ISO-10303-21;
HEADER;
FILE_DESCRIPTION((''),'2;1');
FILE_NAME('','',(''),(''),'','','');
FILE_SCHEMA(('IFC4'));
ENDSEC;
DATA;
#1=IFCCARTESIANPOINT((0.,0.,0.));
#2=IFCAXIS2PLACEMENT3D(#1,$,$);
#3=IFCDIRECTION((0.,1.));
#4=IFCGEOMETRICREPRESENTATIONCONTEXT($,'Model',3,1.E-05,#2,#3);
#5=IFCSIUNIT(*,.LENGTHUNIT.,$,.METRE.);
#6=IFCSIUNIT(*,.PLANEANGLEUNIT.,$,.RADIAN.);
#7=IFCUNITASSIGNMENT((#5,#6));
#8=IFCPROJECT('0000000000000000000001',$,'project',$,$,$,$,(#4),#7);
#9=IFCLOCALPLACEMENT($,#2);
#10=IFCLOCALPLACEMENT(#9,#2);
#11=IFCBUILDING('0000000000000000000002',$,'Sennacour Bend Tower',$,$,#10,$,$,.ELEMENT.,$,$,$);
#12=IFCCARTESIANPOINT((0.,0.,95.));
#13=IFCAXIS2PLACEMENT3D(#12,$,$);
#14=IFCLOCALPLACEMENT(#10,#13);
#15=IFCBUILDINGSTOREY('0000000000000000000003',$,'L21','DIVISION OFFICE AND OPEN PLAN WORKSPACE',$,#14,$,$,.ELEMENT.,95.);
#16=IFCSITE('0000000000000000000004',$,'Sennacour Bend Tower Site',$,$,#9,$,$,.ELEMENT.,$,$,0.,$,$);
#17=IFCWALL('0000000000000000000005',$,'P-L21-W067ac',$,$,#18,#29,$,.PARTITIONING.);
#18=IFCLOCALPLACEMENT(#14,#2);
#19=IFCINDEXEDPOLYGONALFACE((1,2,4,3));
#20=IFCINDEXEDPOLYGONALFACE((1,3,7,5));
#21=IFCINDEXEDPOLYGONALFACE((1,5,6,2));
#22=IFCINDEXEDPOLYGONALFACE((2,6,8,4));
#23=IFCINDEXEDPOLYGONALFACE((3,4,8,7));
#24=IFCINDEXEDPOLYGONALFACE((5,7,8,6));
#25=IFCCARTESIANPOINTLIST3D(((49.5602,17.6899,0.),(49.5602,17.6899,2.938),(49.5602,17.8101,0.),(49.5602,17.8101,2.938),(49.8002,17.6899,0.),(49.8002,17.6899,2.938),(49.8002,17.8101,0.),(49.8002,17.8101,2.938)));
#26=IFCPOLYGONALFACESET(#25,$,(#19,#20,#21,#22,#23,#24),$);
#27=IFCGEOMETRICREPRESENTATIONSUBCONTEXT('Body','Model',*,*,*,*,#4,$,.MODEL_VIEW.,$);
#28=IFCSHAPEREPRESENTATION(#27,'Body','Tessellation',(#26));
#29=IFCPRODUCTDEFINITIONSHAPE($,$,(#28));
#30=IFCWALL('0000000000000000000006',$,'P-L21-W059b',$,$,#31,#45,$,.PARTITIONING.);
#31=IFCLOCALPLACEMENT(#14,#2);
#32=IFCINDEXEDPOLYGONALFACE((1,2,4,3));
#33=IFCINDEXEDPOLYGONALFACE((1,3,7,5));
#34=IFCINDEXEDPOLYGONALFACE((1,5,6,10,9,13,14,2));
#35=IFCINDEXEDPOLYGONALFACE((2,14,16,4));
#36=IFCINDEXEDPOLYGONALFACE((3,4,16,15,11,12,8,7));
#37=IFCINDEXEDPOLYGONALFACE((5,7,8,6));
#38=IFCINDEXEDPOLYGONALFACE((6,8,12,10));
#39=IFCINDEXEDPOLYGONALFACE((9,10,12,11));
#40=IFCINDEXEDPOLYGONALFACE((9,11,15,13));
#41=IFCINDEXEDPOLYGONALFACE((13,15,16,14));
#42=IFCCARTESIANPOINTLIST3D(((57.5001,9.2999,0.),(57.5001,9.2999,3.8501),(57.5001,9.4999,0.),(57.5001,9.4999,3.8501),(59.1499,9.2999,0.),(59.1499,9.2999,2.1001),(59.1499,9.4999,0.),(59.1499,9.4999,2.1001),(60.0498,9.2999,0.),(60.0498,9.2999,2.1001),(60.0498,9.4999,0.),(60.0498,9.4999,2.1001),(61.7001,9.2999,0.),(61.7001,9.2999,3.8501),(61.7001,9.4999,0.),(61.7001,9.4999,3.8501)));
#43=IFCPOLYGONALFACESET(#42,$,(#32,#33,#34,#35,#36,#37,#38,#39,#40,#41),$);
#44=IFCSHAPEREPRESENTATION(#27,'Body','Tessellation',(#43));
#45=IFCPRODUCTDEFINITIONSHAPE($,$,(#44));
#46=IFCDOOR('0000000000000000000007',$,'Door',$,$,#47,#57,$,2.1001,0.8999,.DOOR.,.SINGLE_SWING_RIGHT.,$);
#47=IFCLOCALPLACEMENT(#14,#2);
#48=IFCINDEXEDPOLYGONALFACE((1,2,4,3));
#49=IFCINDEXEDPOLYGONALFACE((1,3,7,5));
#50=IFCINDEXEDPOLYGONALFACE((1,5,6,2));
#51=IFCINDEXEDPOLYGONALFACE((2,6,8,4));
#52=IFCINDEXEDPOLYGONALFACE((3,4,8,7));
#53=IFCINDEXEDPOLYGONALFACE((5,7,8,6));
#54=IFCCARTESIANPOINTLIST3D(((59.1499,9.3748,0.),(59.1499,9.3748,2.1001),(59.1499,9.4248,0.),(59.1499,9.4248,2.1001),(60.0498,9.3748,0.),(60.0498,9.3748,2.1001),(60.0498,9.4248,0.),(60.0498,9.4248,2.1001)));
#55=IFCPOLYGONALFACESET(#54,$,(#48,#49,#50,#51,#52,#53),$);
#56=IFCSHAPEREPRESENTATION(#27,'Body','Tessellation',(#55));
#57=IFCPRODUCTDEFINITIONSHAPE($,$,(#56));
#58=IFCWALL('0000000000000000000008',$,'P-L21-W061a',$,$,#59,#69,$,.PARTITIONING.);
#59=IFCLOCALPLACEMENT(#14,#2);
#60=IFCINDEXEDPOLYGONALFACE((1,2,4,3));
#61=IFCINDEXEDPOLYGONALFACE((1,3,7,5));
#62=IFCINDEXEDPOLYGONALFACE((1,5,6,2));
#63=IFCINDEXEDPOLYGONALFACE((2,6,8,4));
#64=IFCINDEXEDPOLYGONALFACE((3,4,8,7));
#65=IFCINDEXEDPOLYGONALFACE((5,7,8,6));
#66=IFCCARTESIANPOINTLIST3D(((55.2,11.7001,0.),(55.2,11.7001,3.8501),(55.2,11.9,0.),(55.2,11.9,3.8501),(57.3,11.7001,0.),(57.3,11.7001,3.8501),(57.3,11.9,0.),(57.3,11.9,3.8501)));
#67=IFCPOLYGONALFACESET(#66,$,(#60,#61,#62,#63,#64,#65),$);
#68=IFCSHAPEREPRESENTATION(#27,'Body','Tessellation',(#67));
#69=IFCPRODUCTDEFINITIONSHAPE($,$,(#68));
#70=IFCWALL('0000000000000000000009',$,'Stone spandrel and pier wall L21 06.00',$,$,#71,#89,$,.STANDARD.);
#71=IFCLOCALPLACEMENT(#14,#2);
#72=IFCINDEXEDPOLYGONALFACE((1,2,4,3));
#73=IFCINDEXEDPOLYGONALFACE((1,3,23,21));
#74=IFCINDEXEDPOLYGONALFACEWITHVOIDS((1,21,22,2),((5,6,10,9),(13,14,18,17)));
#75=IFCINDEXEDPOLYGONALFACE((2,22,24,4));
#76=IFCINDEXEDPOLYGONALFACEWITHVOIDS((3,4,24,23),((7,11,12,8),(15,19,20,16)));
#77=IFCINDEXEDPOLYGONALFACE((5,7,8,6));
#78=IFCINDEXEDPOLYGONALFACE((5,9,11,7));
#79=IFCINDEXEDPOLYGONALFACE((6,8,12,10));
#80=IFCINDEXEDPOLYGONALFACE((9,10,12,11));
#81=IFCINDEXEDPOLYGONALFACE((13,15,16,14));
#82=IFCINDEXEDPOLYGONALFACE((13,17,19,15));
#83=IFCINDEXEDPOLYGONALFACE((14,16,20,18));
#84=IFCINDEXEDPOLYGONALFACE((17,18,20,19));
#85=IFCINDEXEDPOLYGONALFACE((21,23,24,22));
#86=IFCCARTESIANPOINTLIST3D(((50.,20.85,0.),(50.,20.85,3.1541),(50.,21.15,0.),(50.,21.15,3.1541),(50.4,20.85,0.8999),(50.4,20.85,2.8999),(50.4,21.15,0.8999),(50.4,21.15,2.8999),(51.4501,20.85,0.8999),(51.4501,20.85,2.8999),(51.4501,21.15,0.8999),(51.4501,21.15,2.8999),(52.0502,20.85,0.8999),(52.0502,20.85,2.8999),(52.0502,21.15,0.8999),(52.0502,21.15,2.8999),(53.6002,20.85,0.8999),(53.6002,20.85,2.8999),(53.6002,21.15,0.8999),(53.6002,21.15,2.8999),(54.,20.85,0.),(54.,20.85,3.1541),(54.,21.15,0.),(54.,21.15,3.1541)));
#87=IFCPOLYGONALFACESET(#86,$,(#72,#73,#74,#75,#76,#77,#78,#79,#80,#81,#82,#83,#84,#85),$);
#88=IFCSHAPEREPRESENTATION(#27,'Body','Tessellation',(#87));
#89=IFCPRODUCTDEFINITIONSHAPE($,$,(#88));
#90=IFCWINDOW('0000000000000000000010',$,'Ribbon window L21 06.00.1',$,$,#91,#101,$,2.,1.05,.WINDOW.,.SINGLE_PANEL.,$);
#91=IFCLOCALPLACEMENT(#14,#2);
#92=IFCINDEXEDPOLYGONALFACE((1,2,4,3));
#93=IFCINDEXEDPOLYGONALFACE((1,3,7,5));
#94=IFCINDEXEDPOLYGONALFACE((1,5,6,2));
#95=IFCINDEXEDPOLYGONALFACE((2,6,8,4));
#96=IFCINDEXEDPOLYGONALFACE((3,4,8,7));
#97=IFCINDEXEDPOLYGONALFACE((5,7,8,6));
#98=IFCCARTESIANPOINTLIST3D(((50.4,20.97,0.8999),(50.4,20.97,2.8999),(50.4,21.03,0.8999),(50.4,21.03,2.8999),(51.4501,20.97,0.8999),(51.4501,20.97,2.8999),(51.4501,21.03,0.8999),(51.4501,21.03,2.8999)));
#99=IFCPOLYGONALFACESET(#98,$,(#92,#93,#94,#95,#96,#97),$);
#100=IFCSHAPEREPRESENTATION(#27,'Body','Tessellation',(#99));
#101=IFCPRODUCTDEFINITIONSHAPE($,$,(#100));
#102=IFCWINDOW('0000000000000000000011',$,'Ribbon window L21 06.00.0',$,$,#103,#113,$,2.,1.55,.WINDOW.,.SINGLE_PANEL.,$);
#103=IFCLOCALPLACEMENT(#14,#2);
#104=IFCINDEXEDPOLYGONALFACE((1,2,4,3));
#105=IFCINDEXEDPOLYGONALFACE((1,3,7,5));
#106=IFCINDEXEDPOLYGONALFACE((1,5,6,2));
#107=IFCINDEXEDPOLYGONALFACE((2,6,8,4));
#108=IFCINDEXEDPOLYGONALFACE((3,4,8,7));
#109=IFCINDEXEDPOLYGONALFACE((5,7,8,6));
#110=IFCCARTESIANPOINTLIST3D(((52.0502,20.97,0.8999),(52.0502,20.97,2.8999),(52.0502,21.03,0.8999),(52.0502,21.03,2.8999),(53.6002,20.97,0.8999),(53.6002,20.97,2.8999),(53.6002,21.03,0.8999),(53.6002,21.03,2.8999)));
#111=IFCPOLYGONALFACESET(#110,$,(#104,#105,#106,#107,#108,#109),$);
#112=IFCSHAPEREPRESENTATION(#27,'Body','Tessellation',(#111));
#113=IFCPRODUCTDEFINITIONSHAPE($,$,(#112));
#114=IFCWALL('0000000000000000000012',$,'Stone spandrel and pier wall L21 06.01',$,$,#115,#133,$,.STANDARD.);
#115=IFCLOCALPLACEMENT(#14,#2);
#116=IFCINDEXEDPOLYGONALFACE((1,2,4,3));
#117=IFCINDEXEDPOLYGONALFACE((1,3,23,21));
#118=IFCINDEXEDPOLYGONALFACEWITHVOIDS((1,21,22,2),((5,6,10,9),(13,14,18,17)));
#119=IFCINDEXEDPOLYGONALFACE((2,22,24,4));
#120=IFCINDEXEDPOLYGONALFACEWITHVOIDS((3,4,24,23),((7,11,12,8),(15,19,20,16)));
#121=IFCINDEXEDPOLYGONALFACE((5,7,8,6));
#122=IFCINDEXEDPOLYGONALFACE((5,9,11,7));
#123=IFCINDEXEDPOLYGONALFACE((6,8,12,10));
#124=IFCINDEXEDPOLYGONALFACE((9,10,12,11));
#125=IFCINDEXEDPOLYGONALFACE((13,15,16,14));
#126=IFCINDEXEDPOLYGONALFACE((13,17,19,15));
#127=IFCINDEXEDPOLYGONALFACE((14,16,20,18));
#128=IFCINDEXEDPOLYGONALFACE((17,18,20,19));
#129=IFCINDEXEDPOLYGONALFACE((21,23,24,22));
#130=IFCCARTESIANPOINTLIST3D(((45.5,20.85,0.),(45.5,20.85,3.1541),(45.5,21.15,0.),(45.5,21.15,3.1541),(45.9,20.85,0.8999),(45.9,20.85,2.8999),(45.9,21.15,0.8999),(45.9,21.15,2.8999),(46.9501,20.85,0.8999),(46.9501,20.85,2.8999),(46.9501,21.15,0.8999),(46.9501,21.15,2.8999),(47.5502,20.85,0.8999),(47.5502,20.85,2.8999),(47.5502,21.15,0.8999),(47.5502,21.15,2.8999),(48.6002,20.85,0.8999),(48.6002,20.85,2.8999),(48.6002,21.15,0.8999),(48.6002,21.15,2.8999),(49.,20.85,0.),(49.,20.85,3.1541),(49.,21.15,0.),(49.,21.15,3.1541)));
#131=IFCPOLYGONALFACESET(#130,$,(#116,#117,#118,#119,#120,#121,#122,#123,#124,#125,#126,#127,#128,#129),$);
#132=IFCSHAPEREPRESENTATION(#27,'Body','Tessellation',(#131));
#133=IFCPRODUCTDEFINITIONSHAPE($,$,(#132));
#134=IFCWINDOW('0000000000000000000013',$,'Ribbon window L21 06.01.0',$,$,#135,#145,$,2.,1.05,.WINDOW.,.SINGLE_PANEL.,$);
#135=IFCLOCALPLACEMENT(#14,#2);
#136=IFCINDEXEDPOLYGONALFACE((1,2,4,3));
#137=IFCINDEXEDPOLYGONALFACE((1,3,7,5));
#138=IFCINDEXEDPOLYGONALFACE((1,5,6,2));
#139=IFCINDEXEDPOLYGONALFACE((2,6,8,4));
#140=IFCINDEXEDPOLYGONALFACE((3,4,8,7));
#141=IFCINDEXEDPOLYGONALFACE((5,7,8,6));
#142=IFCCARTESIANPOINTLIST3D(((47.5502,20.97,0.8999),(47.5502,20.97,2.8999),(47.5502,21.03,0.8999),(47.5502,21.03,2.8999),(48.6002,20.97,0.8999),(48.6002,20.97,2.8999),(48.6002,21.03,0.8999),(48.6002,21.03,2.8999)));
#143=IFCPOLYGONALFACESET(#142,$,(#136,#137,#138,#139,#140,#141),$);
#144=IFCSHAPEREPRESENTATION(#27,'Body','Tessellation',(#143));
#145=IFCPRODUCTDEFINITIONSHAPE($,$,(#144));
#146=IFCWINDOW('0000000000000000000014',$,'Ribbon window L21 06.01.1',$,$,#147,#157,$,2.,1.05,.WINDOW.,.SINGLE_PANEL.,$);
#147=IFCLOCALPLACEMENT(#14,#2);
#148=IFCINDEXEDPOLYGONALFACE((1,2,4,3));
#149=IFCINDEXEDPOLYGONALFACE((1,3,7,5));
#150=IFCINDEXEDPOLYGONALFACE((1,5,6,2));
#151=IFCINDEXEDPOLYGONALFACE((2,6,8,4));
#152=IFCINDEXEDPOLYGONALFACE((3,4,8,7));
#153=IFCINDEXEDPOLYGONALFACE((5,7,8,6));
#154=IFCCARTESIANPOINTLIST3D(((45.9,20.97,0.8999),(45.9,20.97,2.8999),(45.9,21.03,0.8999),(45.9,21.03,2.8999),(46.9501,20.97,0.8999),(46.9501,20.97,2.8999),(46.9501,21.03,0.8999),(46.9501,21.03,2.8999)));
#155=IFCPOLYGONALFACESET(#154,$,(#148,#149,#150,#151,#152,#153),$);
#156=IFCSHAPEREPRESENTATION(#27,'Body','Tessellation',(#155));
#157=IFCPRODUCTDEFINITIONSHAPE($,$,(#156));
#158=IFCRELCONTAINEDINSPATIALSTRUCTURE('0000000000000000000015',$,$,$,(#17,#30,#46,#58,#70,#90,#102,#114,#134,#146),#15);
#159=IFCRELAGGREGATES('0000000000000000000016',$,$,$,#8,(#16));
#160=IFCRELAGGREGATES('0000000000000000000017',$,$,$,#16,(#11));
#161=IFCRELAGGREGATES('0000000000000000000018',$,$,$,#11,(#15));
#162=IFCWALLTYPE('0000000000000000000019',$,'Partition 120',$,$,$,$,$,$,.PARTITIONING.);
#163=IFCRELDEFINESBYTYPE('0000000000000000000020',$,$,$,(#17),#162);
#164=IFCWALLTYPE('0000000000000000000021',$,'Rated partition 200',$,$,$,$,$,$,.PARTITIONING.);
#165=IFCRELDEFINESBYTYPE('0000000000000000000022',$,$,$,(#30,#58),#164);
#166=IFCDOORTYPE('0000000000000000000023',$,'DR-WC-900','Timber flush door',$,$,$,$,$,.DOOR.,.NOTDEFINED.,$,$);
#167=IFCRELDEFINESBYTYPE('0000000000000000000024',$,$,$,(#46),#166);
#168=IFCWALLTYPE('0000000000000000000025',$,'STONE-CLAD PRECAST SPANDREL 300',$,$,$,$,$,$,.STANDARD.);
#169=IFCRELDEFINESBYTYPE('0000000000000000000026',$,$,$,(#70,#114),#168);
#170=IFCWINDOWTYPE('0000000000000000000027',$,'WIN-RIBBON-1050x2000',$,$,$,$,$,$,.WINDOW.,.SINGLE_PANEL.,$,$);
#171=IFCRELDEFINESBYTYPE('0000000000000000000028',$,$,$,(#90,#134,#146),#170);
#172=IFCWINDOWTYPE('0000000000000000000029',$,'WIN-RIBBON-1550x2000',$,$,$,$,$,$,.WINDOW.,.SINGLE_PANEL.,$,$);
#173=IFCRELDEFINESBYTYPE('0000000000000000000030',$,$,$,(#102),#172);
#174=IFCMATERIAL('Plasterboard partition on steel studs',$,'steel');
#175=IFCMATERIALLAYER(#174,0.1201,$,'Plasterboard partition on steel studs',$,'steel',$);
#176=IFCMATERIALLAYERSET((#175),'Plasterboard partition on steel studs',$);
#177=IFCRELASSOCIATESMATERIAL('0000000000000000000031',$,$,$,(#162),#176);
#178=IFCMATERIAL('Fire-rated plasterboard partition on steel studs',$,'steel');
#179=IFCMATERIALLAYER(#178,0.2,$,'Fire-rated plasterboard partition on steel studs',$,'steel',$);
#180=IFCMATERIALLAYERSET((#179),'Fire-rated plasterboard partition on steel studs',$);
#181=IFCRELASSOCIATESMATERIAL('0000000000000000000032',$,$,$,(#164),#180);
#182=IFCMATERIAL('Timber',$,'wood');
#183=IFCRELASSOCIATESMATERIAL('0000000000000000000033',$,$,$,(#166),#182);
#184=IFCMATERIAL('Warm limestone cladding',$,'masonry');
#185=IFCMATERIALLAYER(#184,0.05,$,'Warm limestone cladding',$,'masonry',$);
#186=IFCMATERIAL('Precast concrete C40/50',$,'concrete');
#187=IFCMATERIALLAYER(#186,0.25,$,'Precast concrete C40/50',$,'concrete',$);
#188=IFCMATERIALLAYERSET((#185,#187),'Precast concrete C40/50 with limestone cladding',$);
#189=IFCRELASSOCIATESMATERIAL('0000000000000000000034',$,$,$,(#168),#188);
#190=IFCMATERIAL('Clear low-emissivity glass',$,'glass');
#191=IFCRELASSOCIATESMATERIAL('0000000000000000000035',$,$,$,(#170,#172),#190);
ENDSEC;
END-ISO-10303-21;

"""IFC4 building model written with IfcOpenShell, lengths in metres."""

from ifc_helpers import new_model, si_unit, direction, frame, frame_2d, origin, place, context, subcontext, project, spatial, rectangle, extrude, material, layer, layer_set, type_object, element, fill, save


model = new_model("IFC4")

# Units and contexts
model_context = context("Model", 3, precision=1e-05, world=origin(), true_north=direction((0.0, 1.0)))
body_context = subcontext(model_context, "Body", "Model", "MODEL_VIEW")
ifc_project = project(units=[si_unit("LENGTHUNIT", "METRE"), si_unit("PLANEANGLEUNIT", "RADIAN")], contexts=[model_context])

# Site, building, storey
site_placement = place(None, origin())
site = spatial("IfcSite", under=ifc_project, at=site_placement, Name="Sennacour Bend Tower Site", CompositionType="ELEMENT", RefElevation=0.0)
building_placement = place(site_placement, origin())
building = spatial("IfcBuilding", under=site, at=building_placement, Name="Sennacour Bend Tower", CompositionType="ELEMENT")
storey_placement = place(building_placement, frame((0.0, 0.0, 95.0)))
storey = spatial("IfcBuildingStorey", under=building, at=storey_placement, Name="L21", Description="DIVISION OFFICE AND OPEN PLAN WORKSPACE", CompositionType="ELEMENT", Elevation=95.0)

# Wall
ifc_material_1 = material(Name="Plasterboard partition on steel studs", Category="steel")
ifc_layer_1 = layer(ifc_material_1, 0.1201, Name="Plasterboard partition on steel studs", Category="steel")
ifc_layer_set_1 = layer_set([ifc_layer_1], Name="Plasterboard partition on steel studs")
wall_type_1 = type_object("IfcWallType", Name="Partition 120", PredefinedType="PARTITIONING", material=ifc_layer_set_1)
wall_1_placement = place(storey_placement, frame((49.5601, 17.75, 0.0), z_axis=(0.0, 0.0, 1.0), x_axis=(1.0, 0.0, 0.0)))
element("IfcWall", 1, at=wall_1_placement, inside=storey, type_object=wall_type_1, Name="P-L21-W067ac", PredefinedType="PARTITIONING", context=body_context, shape_type="SweptSolid", body=[
    extrude(rectangle(XDim=0.24, YDim=0.1201, at=frame_2d((0.1201, 0.0))), origin(), (0.0, 0.0, 1.0), 2.938),
])

# Wall, opening, door
ifc_material_2 = material(Name="Fire-rated plasterboard partition on steel studs", Category="steel")
ifc_layer_2 = layer(ifc_material_2, 0.2, Name="Fire-rated plasterboard partition on steel studs", Category="steel")
ifc_layer_set_2 = layer_set([ifc_layer_2], Name="Fire-rated plasterboard partition on steel studs")
wall_type_2 = type_object("IfcWallType", Name="Rated partition 200", PredefinedType="PARTITIONING", material=ifc_layer_set_2)
wall_2_placement = place(storey_placement, frame((57.5, 9.3999, 0.0), z_axis=(0.0, 0.0, 1.0), x_axis=(1.0, 0.0, 0.0)))
wall_2 = element("IfcWall", 2, at=wall_2_placement, inside=storey, type_object=wall_type_2, Name="P-L21-W059b", PredefinedType="PARTITIONING", context=body_context, shape_type="SweptSolid", body=[
    extrude(rectangle(XDim=4.2, YDim=0.2, at=frame_2d((2.1001, 0.0))), origin(), (0.0, 0.0, 1.0), 3.8501),
])
opening_1_placement = place(wall_2_placement, frame((1.6499, 0.0, 0.0)))
opening_1 = element("IfcOpeningElement", 3, at=opening_1_placement, cuts=wall_2, PredefinedType="OPENING", context=body_context, shape_type="SweptSolid", body=[
    extrude(rectangle(XDim=0.8999, YDim=2.1001, at=frame_2d((0.45, 1.05))), frame((0.0, 0.1099, 0.0), z_axis=(0.0, -1.0, 0.0), x_axis=(1.0, 0.0, 0.0)), (0.0, 0.0, 1.0), 0.22),
])
ifc_material_3 = material(Name="Timber", Category="wood")
door_type_1 = type_object("IfcDoorType", Name="DR-WC-900", Description="Timber flush door", OperationType="NOTDEFINED", PredefinedType="DOOR", material=ifc_material_3)
door_1_placement = place(opening_1_placement, origin())
door_1 = element("IfcDoor", 4, at=door_1_placement, inside=storey, type_object=door_type_1, Name="Door", OperationType="SINGLE_SWING_RIGHT", OverallHeight=2.1001, OverallWidth=0.8999, PredefinedType="DOOR", context=body_context, shape_type="SweptSolid", body=[
    extrude(rectangle(XDim=0.8999, YDim=2.1001, at=frame_2d((0.45, 1.05))), frame((0.0, 0.0249, 0.0), z_axis=(0.0, -1.0, 0.0), x_axis=(1.0, 0.0, 0.0)), (0.0, 0.0, 1.0), 0.05),
])
fill(opening_1, door_1)

# Wall
wall_3_placement = place(storey_placement, frame((55.2, 11.8, 0.0), z_axis=(0.0, 0.0, 1.0), x_axis=(1.0, 0.0, 0.0)))
element("IfcWall", 5, at=wall_3_placement, inside=storey, type_object=wall_type_2, Name="P-L21-W061a", PredefinedType="PARTITIONING", context=body_context, shape_type="SweptSolid", body=[
    extrude(rectangle(XDim=2.1001, YDim=0.2, at=frame_2d((1.05, 0.0))), origin(), (0.0, 0.0, 1.0), 3.8501),
])

# Walls, openings, windows
ifc_material_4 = material(Name="Warm limestone cladding", Category="masonry")
ifc_layer_3 = layer(ifc_material_4, 0.05, Name="Warm limestone cladding", Category="masonry")
ifc_material_5 = material(Name="Precast concrete C40/50", Category="concrete")
ifc_layer_4 = layer(ifc_material_5, 0.25, Name="Precast concrete C40/50", Category="concrete")
ifc_layer_set_3 = layer_set([ifc_layer_3, ifc_layer_4], Name="Precast concrete C40/50 with limestone cladding")
wall_type_3 = type_object("IfcWallType", Name="STONE-CLAD PRECAST SPANDREL 300", PredefinedType="STANDARD", material=ifc_layer_set_3)
wall_4_placement = place(storey_placement, frame((54.0, 21.0, 0.0), z_axis=(0.0, 0.0, 1.0), x_axis=(-1.0, 0.0, 0.0)))
wall_4 = element("IfcWall", 6, at=wall_4_placement, inside=storey, type_object=wall_type_3, Name="Stone spandrel and pier wall L21 06.00", PredefinedType="STANDARD", context=body_context, shape_type="SweptSolid", body=[
    extrude(rectangle(XDim=4.0, YDim=0.3, at=frame_2d((2.0, 0.0))), origin(), (0.0, 0.0, 1.0), 3.1541),
])
opening_2_placement = place(wall_4_placement, frame((0.3999, 0.0, 0.8999)))
opening_2 = element("IfcOpeningElement", 7, at=opening_2_placement, cuts=wall_4, PredefinedType="OPENING", context=body_context, shape_type="SweptSolid", body=[
    extrude(rectangle(XDim=1.55, YDim=2.0, at=frame_2d((0.7749, 1.0))), frame((0.0, 0.1602, 0.0), z_axis=(0.0, -1.0, 0.0), x_axis=(1.0, 0.0, 0.0)), (0.0, 0.0, 1.0), 0.3201),
])
opening_3_placement = place(wall_4_placement, frame((2.55, 0.0, 0.8999)))
opening_3 = element("IfcOpeningElement", 8, at=opening_3_placement, cuts=wall_4, PredefinedType="OPENING", context=body_context, shape_type="SweptSolid", body=[
    extrude(rectangle(XDim=1.05, YDim=2.0, at=frame_2d((0.5249, 1.0))), frame((0.0, 0.1602, 0.0), z_axis=(0.0, -1.0, 0.0), x_axis=(1.0, 0.0, 0.0)), (0.0, 0.0, 1.0), 0.3201),
])
ifc_material_6 = material(Name="Clear low-emissivity glass", Category="glass")
window_type_1 = type_object("IfcWindowType", Name="WIN-RIBBON-1050x2000", PartitioningType="SINGLE_PANEL", PredefinedType="WINDOW", material=ifc_material_6)
window_1_placement = place(opening_3_placement, origin())
window_1 = element("IfcWindow", 9, at=window_1_placement, inside=storey, type_object=window_type_1, Name="Ribbon window L21 06.00.1", OverallHeight=2.0, OverallWidth=1.05, PartitioningType="SINGLE_PANEL", PredefinedType="WINDOW", context=body_context, shape_type="SweptSolid", body=[
    extrude(rectangle(XDim=1.05, YDim=2.0, at=frame_2d((0.5249, 1.0))), frame((0.0, 0.03, 0.0), z_axis=(0.0, -1.0, 0.0), x_axis=(1.0, 0.0, 0.0)), (0.0, 0.0, 1.0), 0.0601),
])
fill(opening_3, window_1)
window_type_2 = type_object("IfcWindowType", Name="WIN-RIBBON-1550x2000", PartitioningType="SINGLE_PANEL", PredefinedType="WINDOW", material=ifc_material_6)
window_2_placement = place(opening_2_placement, origin())
window_2 = element("IfcWindow", 10, at=window_2_placement, inside=storey, type_object=window_type_2, Name="Ribbon window L21 06.00.0", OverallHeight=2.0, OverallWidth=1.55, PartitioningType="SINGLE_PANEL", PredefinedType="WINDOW", context=body_context, shape_type="SweptSolid", body=[
    extrude(rectangle(XDim=1.55, YDim=2.0, at=frame_2d((0.7749, 1.0))), frame((0.0, 0.03, 0.0), z_axis=(0.0, -1.0, 0.0), x_axis=(1.0, 0.0, 0.0)), (0.0, 0.0, 1.0), 0.0601),
])
fill(opening_2, window_2)
wall_5_placement = place(storey_placement, frame((49.0, 21.0, 0.0), z_axis=(0.0, 0.0, 1.0), x_axis=(-1.0, 0.0, 0.0)))
wall_5 = element("IfcWall", 11, at=wall_5_placement, inside=storey, type_object=wall_type_3, Name="Stone spandrel and pier wall L21 06.01", PredefinedType="STANDARD", context=body_context, shape_type="SweptSolid", body=[
    extrude(rectangle(XDim=3.5, YDim=0.3, at=frame_2d((1.75, 0.0))), origin(), (0.0, 0.0, 1.0), 3.1541),
])
opening_4_placement = place(wall_5_placement, frame((0.3999, 0.0, 0.8999)))
opening_4 = element("IfcOpeningElement", 12, at=opening_4_placement, cuts=wall_5, PredefinedType="OPENING", context=body_context, shape_type="SweptSolid", body=[
    extrude(rectangle(XDim=1.05, YDim=2.0, at=frame_2d((0.5249, 1.0))), frame((0.0, 0.1602, 0.0), z_axis=(0.0, -1.0, 0.0), x_axis=(1.0, 0.0, 0.0)), (0.0, 0.0, 1.0), 0.3201),
])
opening_5_placement = place(wall_5_placement, frame((2.05, 0.0, 0.8999)))
opening_5 = element("IfcOpeningElement", 13, at=opening_5_placement, cuts=wall_5, PredefinedType="OPENING", context=body_context, shape_type="SweptSolid", body=[
    extrude(rectangle(XDim=1.05, YDim=2.0, at=frame_2d((0.5249, 1.0))), frame((0.0, 0.1602, 0.0), z_axis=(0.0, -1.0, 0.0), x_axis=(1.0, 0.0, 0.0)), (0.0, 0.0, 1.0), 0.3201),
])
window_3_placement = place(opening_4_placement, origin())
window_3 = element("IfcWindow", 14, at=window_3_placement, inside=storey, type_object=window_type_1, Name="Ribbon window L21 06.01.0", OverallHeight=2.0, OverallWidth=1.05, PartitioningType="SINGLE_PANEL", PredefinedType="WINDOW", context=body_context, shape_type="SweptSolid", body=[
    extrude(rectangle(XDim=1.05, YDim=2.0, at=frame_2d((0.5249, 1.0))), frame((0.0, 0.03, 0.0), z_axis=(0.0, -1.0, 0.0), x_axis=(1.0, 0.0, 0.0)), (0.0, 0.0, 1.0), 0.0601),
])
fill(opening_4, window_3)
window_4_placement = place(opening_5_placement, origin())
window_4 = element("IfcWindow", 15, at=window_4_placement, inside=storey, type_object=window_type_1, Name="Ribbon window L21 06.01.1", OverallHeight=2.0, OverallWidth=1.05, PartitioningType="SINGLE_PANEL", PredefinedType="WINDOW", context=body_context, shape_type="SweptSolid", body=[
    extrude(rectangle(XDim=1.05, YDim=2.0, at=frame_2d((0.5249, 1.0))), frame((0.0, 0.03, 0.0), z_axis=(0.0, -1.0, 0.0), x_axis=(1.0, 0.0, 0.0)), (0.0, 0.0, 1.0), 0.0601),
])
fill(opening_5, window_4)

save(model, "model.ifc")
